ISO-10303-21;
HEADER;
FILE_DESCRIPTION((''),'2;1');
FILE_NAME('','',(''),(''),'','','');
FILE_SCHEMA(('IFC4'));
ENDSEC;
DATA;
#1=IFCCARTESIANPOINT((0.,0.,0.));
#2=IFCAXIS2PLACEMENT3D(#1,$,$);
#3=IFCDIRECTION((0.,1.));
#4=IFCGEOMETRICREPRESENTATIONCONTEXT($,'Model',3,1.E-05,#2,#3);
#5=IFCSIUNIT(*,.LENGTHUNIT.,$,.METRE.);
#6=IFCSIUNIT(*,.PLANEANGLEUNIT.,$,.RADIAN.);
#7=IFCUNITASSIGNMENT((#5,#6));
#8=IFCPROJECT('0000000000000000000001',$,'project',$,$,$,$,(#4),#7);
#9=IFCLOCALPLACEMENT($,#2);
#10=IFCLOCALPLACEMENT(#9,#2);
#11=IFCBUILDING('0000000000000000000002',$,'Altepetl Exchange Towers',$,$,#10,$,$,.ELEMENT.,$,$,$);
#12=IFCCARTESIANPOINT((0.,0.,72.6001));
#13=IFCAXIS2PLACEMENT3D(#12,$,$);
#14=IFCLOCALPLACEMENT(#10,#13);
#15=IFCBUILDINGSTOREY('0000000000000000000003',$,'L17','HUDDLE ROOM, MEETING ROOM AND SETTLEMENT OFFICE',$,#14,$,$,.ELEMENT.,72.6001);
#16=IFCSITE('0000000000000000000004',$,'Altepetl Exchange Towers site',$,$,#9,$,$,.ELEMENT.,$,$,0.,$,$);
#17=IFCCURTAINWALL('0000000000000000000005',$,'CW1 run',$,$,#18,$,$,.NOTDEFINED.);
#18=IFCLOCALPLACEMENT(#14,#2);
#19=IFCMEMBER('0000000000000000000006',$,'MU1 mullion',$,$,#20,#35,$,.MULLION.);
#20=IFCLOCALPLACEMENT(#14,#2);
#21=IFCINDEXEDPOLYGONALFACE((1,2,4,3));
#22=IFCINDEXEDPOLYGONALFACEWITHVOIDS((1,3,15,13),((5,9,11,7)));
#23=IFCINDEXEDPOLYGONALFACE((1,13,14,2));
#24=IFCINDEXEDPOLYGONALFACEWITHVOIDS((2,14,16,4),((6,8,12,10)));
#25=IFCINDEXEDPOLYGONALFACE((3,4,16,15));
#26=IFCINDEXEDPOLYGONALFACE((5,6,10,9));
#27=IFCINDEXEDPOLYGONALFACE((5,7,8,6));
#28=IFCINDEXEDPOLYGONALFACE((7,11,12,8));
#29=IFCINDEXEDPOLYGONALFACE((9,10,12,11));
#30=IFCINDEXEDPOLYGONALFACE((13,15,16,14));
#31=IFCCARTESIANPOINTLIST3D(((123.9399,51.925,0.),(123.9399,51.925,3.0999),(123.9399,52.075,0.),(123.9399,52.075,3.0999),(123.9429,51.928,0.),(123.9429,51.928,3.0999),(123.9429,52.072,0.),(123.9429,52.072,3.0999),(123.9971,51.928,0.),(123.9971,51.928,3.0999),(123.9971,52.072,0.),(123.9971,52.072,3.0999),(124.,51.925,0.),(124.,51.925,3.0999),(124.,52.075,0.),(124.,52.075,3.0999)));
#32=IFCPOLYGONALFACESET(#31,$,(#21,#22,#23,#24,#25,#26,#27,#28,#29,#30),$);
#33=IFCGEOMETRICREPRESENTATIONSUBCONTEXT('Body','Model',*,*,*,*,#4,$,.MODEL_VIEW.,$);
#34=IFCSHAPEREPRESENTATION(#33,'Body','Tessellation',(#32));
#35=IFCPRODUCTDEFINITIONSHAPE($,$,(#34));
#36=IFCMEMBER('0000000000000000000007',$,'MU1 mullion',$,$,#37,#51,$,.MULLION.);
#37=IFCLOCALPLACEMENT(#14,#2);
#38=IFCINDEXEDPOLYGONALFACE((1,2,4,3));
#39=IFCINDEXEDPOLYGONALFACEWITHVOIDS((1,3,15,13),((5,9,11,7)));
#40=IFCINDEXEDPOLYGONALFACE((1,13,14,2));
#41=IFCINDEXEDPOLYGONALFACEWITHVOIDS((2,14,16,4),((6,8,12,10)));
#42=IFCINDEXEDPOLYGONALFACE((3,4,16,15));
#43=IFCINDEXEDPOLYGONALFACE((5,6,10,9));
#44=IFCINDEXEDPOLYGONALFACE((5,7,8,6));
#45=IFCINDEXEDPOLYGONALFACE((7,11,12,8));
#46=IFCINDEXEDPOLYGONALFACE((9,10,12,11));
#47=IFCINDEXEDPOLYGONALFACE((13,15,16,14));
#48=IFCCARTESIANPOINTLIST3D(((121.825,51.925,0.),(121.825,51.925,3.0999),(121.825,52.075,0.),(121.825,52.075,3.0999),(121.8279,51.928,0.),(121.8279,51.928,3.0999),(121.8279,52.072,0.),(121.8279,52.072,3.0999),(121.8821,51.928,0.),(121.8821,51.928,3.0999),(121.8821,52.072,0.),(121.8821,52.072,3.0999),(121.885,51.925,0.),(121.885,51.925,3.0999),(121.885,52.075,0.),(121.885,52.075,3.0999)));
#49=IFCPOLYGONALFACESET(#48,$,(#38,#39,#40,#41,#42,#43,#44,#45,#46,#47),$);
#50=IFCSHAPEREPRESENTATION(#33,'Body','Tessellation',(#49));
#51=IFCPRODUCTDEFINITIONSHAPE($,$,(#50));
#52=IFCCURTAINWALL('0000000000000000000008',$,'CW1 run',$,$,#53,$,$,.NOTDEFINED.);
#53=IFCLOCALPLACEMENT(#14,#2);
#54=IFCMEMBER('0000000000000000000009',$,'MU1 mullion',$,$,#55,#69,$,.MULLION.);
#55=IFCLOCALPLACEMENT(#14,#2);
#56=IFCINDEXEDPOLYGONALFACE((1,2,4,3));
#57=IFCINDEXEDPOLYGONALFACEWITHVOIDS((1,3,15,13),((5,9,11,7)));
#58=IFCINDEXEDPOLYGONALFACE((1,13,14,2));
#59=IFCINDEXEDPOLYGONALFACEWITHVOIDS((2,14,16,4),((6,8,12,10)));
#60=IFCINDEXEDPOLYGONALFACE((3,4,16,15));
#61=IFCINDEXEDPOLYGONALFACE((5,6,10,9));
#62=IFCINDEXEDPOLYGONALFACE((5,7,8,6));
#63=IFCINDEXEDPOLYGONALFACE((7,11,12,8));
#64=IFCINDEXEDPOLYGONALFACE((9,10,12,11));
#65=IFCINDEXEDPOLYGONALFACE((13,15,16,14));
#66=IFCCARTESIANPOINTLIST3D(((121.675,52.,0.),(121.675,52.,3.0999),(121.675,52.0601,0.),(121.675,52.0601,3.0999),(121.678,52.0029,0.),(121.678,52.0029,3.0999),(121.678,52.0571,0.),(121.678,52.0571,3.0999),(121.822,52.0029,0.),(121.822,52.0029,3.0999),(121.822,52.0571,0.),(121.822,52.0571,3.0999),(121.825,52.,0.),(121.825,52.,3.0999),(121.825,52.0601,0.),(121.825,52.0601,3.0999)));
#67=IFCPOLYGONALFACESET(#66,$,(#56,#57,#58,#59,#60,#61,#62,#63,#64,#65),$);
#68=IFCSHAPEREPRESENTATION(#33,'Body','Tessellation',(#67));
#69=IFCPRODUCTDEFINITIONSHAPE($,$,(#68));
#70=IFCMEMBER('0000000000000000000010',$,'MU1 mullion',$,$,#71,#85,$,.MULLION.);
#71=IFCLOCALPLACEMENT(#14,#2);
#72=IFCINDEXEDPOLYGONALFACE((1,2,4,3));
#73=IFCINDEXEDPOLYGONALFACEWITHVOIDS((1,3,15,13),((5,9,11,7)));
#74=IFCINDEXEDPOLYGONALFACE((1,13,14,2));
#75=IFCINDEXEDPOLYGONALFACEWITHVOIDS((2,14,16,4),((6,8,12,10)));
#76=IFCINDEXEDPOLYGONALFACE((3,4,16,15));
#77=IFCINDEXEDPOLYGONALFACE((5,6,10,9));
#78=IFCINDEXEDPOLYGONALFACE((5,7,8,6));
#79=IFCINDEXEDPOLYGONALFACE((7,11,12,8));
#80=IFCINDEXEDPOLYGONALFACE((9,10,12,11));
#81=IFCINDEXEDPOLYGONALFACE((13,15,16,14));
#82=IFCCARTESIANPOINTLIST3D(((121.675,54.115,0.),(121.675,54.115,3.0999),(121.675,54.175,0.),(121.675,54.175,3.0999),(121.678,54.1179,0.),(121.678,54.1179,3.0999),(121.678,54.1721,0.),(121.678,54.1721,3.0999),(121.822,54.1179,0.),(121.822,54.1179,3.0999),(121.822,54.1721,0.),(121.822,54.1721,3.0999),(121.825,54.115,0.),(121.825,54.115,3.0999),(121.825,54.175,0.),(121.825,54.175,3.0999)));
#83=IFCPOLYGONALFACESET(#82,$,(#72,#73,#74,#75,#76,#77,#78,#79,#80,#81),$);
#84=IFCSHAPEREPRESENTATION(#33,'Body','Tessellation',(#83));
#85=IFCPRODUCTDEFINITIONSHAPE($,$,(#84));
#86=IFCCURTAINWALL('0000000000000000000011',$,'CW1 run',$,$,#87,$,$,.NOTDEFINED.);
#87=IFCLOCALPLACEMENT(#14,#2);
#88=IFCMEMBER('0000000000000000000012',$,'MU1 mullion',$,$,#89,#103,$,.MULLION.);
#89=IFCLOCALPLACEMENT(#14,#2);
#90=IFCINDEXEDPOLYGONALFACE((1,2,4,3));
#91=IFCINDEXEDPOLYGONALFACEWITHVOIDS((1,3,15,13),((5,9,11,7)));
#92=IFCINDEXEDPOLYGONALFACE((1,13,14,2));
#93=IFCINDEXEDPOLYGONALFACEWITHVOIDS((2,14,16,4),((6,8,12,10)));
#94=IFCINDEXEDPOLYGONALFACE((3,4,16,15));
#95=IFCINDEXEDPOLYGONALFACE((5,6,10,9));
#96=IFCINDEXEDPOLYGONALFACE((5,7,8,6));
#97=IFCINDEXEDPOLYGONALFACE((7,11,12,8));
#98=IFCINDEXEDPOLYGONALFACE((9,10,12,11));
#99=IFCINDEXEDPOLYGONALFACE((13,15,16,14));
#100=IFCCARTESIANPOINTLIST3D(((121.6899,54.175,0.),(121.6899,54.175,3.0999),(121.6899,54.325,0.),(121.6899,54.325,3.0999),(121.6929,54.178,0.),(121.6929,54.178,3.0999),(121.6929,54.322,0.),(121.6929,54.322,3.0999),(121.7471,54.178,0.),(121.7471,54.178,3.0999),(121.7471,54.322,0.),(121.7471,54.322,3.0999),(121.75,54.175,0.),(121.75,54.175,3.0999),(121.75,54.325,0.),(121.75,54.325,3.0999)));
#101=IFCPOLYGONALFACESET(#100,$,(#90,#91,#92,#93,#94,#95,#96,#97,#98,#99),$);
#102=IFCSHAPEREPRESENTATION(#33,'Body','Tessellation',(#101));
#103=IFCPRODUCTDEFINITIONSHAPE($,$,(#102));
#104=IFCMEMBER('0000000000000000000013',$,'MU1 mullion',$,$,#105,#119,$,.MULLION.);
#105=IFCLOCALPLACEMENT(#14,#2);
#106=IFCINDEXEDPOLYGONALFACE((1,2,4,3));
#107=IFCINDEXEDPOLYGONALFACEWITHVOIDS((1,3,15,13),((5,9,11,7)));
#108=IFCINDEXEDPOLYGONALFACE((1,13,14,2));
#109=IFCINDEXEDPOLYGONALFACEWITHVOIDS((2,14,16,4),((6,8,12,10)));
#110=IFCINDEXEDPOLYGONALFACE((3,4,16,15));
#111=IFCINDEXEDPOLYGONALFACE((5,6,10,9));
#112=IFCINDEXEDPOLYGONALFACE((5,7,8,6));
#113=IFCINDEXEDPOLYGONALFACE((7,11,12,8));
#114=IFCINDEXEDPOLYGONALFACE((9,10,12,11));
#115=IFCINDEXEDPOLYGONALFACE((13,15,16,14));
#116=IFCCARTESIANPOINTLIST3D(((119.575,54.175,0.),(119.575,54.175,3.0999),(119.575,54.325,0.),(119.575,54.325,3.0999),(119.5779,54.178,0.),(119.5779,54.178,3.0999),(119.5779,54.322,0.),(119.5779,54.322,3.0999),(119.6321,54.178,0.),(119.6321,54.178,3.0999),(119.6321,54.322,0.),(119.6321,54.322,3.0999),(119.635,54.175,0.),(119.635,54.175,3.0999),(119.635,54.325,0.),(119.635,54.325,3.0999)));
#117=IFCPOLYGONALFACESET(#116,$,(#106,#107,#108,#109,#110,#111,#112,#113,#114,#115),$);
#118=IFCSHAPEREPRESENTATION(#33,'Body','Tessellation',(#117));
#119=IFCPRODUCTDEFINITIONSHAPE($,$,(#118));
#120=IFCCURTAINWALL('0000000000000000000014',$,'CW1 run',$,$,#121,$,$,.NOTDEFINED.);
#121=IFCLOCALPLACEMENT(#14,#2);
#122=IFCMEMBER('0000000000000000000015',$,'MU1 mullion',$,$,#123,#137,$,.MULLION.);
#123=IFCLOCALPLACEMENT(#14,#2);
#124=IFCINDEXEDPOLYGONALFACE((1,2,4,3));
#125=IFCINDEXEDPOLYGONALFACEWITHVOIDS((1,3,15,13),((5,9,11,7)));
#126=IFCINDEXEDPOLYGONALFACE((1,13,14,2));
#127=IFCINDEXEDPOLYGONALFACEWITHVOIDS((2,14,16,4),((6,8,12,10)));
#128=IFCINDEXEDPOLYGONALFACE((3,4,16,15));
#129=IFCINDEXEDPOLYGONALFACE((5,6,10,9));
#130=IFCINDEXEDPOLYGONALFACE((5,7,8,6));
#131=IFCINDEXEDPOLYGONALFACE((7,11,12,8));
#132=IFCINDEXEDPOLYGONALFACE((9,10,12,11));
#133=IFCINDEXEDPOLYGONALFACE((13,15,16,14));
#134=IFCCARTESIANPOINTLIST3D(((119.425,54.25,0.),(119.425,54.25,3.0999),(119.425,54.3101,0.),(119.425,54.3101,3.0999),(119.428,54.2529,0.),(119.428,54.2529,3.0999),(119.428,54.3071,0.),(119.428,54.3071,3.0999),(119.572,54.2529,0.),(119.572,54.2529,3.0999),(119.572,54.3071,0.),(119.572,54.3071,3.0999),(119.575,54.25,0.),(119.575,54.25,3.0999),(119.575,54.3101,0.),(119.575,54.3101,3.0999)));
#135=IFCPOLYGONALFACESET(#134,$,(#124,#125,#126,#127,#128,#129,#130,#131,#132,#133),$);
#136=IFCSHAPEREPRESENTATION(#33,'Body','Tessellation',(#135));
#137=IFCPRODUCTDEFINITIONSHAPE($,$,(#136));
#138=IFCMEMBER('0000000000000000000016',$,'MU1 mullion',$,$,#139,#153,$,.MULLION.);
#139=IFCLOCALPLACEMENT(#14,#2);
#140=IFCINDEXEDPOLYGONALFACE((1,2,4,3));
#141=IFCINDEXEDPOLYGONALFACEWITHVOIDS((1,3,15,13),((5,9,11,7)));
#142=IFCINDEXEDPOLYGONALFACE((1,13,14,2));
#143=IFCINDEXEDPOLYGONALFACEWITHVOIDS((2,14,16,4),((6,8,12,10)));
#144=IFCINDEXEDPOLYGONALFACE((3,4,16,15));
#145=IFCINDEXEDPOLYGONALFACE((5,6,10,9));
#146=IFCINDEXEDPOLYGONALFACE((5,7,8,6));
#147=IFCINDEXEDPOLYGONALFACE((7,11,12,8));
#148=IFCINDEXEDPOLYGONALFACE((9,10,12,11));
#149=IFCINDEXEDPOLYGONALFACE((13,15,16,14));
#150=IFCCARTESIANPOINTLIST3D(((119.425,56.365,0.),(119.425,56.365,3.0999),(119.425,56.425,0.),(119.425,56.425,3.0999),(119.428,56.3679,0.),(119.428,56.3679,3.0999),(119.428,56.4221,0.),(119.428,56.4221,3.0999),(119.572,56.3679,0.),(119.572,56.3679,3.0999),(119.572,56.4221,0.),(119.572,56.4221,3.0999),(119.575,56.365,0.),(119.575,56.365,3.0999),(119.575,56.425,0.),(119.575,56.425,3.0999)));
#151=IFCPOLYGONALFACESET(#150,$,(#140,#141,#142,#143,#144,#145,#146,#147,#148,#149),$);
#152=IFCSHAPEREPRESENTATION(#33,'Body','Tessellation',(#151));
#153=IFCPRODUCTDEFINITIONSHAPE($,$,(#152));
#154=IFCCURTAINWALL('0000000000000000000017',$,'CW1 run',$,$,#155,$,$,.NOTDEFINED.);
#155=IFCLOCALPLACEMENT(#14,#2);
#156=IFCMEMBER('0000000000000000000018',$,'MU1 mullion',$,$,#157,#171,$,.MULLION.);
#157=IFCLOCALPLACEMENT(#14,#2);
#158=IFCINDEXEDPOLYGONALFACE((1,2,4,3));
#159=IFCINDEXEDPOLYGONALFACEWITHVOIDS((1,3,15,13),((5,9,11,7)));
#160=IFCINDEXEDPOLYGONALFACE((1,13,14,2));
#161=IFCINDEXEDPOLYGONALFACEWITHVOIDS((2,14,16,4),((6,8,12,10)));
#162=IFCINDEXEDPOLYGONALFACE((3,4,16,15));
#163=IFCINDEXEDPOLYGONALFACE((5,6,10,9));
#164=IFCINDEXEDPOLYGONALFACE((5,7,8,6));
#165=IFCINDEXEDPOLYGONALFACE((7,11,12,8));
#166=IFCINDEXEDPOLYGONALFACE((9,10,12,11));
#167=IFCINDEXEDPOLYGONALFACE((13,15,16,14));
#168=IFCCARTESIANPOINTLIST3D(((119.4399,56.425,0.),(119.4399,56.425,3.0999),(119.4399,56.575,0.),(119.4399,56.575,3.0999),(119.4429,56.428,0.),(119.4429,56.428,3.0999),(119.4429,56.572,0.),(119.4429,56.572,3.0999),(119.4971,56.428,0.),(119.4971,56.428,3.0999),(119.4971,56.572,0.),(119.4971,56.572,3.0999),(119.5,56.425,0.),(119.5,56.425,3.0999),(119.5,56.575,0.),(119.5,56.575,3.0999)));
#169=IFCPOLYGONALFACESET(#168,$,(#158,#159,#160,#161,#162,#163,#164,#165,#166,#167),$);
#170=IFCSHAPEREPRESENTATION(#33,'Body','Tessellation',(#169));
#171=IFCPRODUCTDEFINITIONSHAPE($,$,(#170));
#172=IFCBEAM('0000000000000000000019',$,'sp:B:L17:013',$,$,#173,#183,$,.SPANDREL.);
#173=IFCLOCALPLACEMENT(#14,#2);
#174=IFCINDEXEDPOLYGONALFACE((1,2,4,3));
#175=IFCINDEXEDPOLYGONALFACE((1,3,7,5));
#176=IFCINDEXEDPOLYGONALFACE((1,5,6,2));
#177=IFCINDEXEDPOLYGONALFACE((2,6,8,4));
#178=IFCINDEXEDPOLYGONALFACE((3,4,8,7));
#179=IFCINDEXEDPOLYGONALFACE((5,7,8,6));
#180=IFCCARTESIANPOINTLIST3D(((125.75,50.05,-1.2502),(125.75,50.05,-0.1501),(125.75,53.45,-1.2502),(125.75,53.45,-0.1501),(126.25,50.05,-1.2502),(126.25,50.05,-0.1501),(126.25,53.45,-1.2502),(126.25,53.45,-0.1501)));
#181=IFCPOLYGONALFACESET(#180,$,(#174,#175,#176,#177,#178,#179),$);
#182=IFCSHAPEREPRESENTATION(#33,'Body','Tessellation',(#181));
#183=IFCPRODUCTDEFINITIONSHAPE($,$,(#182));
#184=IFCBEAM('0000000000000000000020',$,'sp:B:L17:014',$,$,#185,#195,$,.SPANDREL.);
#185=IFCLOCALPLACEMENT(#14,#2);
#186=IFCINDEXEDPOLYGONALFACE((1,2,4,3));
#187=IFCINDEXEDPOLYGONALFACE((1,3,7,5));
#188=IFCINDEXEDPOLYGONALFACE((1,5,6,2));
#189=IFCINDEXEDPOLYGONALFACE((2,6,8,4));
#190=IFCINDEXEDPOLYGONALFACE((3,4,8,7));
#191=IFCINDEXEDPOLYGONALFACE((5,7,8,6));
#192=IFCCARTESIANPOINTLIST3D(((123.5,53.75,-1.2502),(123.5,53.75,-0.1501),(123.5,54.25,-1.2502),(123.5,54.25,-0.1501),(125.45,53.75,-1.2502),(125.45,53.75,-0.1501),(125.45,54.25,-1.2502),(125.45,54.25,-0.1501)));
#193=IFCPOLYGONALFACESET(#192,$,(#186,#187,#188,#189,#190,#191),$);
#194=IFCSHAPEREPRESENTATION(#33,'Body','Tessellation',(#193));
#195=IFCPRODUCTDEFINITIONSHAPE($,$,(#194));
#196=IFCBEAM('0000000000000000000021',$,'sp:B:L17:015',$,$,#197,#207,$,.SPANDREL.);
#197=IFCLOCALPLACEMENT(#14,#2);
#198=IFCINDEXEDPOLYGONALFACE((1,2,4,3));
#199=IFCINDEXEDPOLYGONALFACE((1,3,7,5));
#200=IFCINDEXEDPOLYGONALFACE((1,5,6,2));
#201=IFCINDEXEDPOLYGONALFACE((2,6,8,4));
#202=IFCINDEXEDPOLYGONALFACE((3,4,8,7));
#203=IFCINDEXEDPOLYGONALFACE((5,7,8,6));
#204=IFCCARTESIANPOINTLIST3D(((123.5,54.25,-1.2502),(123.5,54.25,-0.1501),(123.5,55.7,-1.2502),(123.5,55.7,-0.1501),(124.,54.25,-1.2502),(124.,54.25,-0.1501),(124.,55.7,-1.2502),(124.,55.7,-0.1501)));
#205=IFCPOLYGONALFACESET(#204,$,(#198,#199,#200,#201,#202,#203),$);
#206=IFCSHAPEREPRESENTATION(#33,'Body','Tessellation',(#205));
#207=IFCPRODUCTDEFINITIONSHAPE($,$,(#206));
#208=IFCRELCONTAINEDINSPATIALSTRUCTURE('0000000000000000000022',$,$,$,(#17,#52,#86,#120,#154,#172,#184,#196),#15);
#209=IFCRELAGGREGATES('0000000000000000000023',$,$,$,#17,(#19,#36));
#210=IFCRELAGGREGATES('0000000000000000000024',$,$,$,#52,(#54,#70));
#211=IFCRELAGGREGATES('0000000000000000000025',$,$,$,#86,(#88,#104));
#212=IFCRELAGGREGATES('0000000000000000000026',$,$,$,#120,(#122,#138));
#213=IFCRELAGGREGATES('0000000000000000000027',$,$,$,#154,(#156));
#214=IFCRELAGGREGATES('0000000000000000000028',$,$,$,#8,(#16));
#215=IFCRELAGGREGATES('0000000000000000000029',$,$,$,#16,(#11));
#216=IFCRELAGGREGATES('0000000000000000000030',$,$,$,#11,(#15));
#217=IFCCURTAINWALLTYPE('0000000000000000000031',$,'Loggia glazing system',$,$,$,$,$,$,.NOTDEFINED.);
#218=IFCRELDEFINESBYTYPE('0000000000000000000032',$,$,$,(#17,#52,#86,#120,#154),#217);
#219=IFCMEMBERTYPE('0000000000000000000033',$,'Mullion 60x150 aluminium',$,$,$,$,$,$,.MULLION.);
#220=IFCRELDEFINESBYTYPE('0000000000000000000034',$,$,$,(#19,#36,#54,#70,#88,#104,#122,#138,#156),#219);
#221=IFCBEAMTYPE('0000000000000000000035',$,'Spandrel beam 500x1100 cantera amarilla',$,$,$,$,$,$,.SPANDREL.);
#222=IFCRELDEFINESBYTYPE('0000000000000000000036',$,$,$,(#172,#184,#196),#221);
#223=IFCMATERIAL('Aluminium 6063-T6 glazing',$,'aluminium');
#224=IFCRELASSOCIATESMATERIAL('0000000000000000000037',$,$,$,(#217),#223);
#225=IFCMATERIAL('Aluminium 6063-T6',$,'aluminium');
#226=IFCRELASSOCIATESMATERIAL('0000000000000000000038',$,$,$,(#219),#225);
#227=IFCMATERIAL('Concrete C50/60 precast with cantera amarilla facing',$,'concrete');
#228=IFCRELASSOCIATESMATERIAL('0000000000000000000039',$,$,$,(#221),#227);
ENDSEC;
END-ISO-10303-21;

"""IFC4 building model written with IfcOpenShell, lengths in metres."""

from ifc_helpers import new_model, si_unit, direction, frame, origin, origin_2d, place, context, subcontext, project, spatial, rectangle, hollow_rectangle, extrude, material, material_profile, profile_set, type_object, element, aggregate, save


model = new_model("IFC4")

# Units and contexts
model_context = context("Model", 3, precision=1e-05, world=origin(), true_north=direction((0.0, 1.0)))
body_context = subcontext(model_context, "Body", "Model", "MODEL_VIEW")
ifc_project = project(units=[si_unit("LENGTHUNIT", "METRE"), si_unit("PLANEANGLEUNIT", "RADIAN")], contexts=[model_context])

# Site, building, storey
site_placement = place(None, origin())
site = spatial("IfcSite", under=ifc_project, at=site_placement, Name="Altepetl Exchange Towers site", CompositionType="ELEMENT", RefElevation=0.0)
building_placement = place(site_placement, origin())
building = spatial("IfcBuilding", under=site, at=building_placement, Name="Altepetl Exchange Towers", CompositionType="ELEMENT")
storey_placement = place(building_placement, frame((0.0, 0.0, 72.6001)))
storey = spatial("IfcBuildingStorey", under=building, at=storey_placement, Name="L17", Description="HUDDLE ROOM, MEETING ROOM AND SETTLEMENT OFFICE", CompositionType="ELEMENT", Elevation=72.6001)

# Curtain walls, members
ifc_material_1 = material(Name="Aluminium 6063-T6 glazing", Category="aluminium")
curtain_wall_type = type_object("IfcCurtainWallType", Name="Loggia glazing system", PredefinedType="NOTDEFINED", material=ifc_material_1)
ifc_material_2 = material(Name="Aluminium 6063-T6", Category="aluminium")
ifc_material_profile_1 = material_profile(ifc_material_2, hollow_rectangle(XDim=0.0601, YDim=0.1499, WallThickness=0.0029, at=origin_2d()), Name="Mullion 60x150 aluminium")
ifc_profile_set_1 = profile_set([ifc_material_profile_1], Name="Aluminium 6063-T6")
member_type = type_object("IfcMemberType", Name="Mullion 60x150 aluminium", PredefinedType="MULLION", material=ifc_profile_set_1)
curtain_wall_1_placement = place(storey_placement, origin())
curtain_wall_1 = element("IfcCurtainWall", 1, at=curtain_wall_1_placement, inside=storey, type_object=curtain_wall_type, Name="CW1 run", PredefinedType="NOTDEFINED")
member_1_placement = place(storey_placement, frame((123.97, 52.0, 0.0), z_axis=(0.0, 0.0, 1.0), x_axis=(-1.0, 0.0, 0.0)))
member_1 = element("IfcMember", 2, at=member_1_placement, type_object=member_type, Name="MU1 mullion", PredefinedType="MULLION", context=body_context, shape_type="SweptSolid", body=[
    extrude(hollow_rectangle(XDim=0.0601, YDim=0.1499, WallThickness=0.0029, at=origin_2d()), origin(), (0.0, 0.0, 1.0), 3.0999),
])
member_2_placement = place(storey_placement, frame((121.855, 52.0, 0.0), z_axis=(0.0, 0.0, 1.0), x_axis=(-1.0, 0.0, 0.0)))
member_2 = element("IfcMember", 3, at=member_2_placement, type_object=member_type, Name="MU1 mullion", PredefinedType="MULLION", context=body_context, shape_type="SweptSolid", body=[
    extrude(hollow_rectangle(XDim=0.0601, YDim=0.1499, WallThickness=0.0029, at=origin_2d()), origin(), (0.0, 0.0, 1.0), 3.0999),
])
curtain_wall_2_placement = place(storey_placement, origin())
curtain_wall_2 = element("IfcCurtainWall", 4, at=curtain_wall_2_placement, inside=storey, type_object=curtain_wall_type, Name="CW1 run", PredefinedType="NOTDEFINED")
member_3_placement = place(storey_placement, frame((121.75, 52.03, 0.0), z_axis=(0.0, 0.0, 1.0), x_axis=(0.0, 1.0, 0.0)))
member_3 = element("IfcMember", 5, at=member_3_placement, type_object=member_type, Name="MU1 mullion", PredefinedType="MULLION", context=body_context, shape_type="SweptSolid", body=[
    extrude(hollow_rectangle(XDim=0.0601, YDim=0.1499, WallThickness=0.0029, at=origin_2d()), origin(), (0.0, 0.0, 1.0), 3.0999),
])
member_4_placement = place(storey_placement, frame((121.75, 54.145, 0.0), z_axis=(0.0, 0.0, 1.0), x_axis=(0.0, 1.0, 0.0)))
member_4 = element("IfcMember", 6, at=member_4_placement, type_object=member_type, Name="MU1 mullion", PredefinedType="MULLION", context=body_context, shape_type="SweptSolid", body=[
    extrude(hollow_rectangle(XDim=0.0601, YDim=0.1499, WallThickness=0.0029, at=origin_2d()), origin(), (0.0, 0.0, 1.0), 3.0999),
])
curtain_wall_3_placement = place(storey_placement, origin())
curtain_wall_3 = element("IfcCurtainWall", 7, at=curtain_wall_3_placement, inside=storey, type_object=curtain_wall_type, Name="CW1 run", PredefinedType="NOTDEFINED")
member_5_placement = place(storey_placement, frame((121.72, 54.25, 0.0), z_axis=(0.0, 0.0, 1.0), x_axis=(-1.0, 0.0, 0.0)))
member_5 = element("IfcMember", 8, at=member_5_placement, type_object=member_type, Name="MU1 mullion", PredefinedType="MULLION", context=body_context, shape_type="SweptSolid", body=[
    extrude(hollow_rectangle(XDim=0.0601, YDim=0.1499, WallThickness=0.0029, at=origin_2d()), origin(), (0.0, 0.0, 1.0), 3.0999),
])
member_6_placement = place(storey_placement, frame((119.605, 54.25, 0.0), z_axis=(0.0, 0.0, 1.0), x_axis=(-1.0, 0.0, 0.0)))
member_6 = element("IfcMember", 9, at=member_6_placement, type_object=member_type, Name="MU1 mullion", PredefinedType="MULLION", context=body_context, shape_type="SweptSolid", body=[
    extrude(hollow_rectangle(XDim=0.0601, YDim=0.1499, WallThickness=0.0029, at=origin_2d()), origin(), (0.0, 0.0, 1.0), 3.0999),
])
curtain_wall_4_placement = place(storey_placement, origin())
curtain_wall_4 = element("IfcCurtainWall", 10, at=curtain_wall_4_placement, inside=storey, type_object=curtain_wall_type, Name="CW1 run", PredefinedType="NOTDEFINED")
member_7_placement = place(storey_placement, frame((119.5, 54.28, 0.0), z_axis=(0.0, 0.0, 1.0), x_axis=(0.0, 1.0, 0.0)))
member_7 = element("IfcMember", 11, at=member_7_placement, type_object=member_type, Name="MU1 mullion", PredefinedType="MULLION", context=body_context, shape_type="SweptSolid", body=[
    extrude(hollow_rectangle(XDim=0.0601, YDim=0.1499, WallThickness=0.0029, at=origin_2d()), origin(), (0.0, 0.0, 1.0), 3.0999),
])
member_8_placement = place(storey_placement, frame((119.5, 56.395, 0.0), z_axis=(0.0, 0.0, 1.0), x_axis=(0.0, 1.0, 0.0)))
member_8 = element("IfcMember", 12, at=member_8_placement, type_object=member_type, Name="MU1 mullion", PredefinedType="MULLION", context=body_context, shape_type="SweptSolid", body=[
    extrude(hollow_rectangle(XDim=0.0601, YDim=0.1499, WallThickness=0.0029, at=origin_2d()), origin(), (0.0, 0.0, 1.0), 3.0999),
])

# Curtain wall, member
curtain_wall_5_placement = place(storey_placement, origin())
curtain_wall_5 = element("IfcCurtainWall", 13, at=curtain_wall_5_placement, inside=storey, type_object=curtain_wall_type, Name="CW1 run", PredefinedType="NOTDEFINED")
member_9_placement = place(storey_placement, frame((119.47, 56.5, 0.0), z_axis=(0.0, 0.0, 1.0), x_axis=(-1.0, 0.0, 0.0)))
member_9 = element("IfcMember", 14, at=member_9_placement, type_object=member_type, Name="MU1 mullion", PredefinedType="MULLION", context=body_context, shape_type="SweptSolid", body=[
    extrude(hollow_rectangle(XDim=0.0601, YDim=0.1499, WallThickness=0.0029, at=origin_2d()), origin(), (0.0, 0.0, 1.0), 3.0999),
])

# Beams
ifc_material_3 = material(Name="Concrete C50/60 precast with cantera amarilla facing", Category="concrete")
ifc_material_profile_2 = material_profile(ifc_material_3, rectangle(XDim=0.5, YDim=1.1001, at=origin_2d()), Name="500 x 1100")
ifc_profile_set_2 = profile_set([ifc_material_profile_2], Name="Concrete C50/60 precast with cantera amarilla facing")
beam_type_1 = type_object("IfcBeamType", Name="Spandrel beam 500x1100 cantera amarilla", PredefinedType="SPANDREL", material=ifc_profile_set_2)
beam_1_placement = place(storey_placement, frame((126.0, 50.05, -0.7002), z_axis=(0.0, 1.0, 0.0), x_axis=(-1.0, 0.0, 0.0)))
element("IfcBeam", 15, at=beam_1_placement, inside=storey, type_object=beam_type_1, Name="sp:B:L17:013", PredefinedType="SPANDREL", context=body_context, shape_type="SweptSolid", body=[
    extrude(rectangle(XDim=0.5, YDim=1.1001, at=origin_2d()), origin(), (0.0, 0.0, 1.0), 3.3999),
])
beam_2_placement = place(storey_placement, frame((125.45, 54.0, -0.7002), z_axis=(-1.0, 0.0, 0.0), x_axis=(0.0, -1.0, 0.0)))
element("IfcBeam", 16, at=beam_2_placement, inside=storey, type_object=beam_type_1, Name="sp:B:L17:014", PredefinedType="SPANDREL", context=body_context, shape_type="SweptSolid", body=[
    extrude(rectangle(XDim=0.5, YDim=1.1001, at=origin_2d()), origin(), (0.0, 0.0, 1.0), 1.95),
])
beam_3_placement = place(storey_placement, frame((123.75, 54.25, -0.7002), z_axis=(0.0, 1.0, 0.0), x_axis=(-1.0, 0.0, 0.0)))
element("IfcBeam", 17, at=beam_3_placement, inside=storey, type_object=beam_type_1, Name="sp:B:L17:015", PredefinedType="SPANDREL", context=body_context, shape_type="SweptSolid", body=[
    extrude(rectangle(XDim=0.5, YDim=1.1001, at=origin_2d()), origin(), (0.0, 0.0, 1.0), 1.45),
])

aggregate(curtain_wall_1, [member_1, member_2])
aggregate(curtain_wall_2, [member_3, member_4])
aggregate(curtain_wall_3, [member_5, member_6])
aggregate(curtain_wall_4, [member_7, member_8])
aggregate(curtain_wall_5, [member_9])

save(model, "model.ifc")
